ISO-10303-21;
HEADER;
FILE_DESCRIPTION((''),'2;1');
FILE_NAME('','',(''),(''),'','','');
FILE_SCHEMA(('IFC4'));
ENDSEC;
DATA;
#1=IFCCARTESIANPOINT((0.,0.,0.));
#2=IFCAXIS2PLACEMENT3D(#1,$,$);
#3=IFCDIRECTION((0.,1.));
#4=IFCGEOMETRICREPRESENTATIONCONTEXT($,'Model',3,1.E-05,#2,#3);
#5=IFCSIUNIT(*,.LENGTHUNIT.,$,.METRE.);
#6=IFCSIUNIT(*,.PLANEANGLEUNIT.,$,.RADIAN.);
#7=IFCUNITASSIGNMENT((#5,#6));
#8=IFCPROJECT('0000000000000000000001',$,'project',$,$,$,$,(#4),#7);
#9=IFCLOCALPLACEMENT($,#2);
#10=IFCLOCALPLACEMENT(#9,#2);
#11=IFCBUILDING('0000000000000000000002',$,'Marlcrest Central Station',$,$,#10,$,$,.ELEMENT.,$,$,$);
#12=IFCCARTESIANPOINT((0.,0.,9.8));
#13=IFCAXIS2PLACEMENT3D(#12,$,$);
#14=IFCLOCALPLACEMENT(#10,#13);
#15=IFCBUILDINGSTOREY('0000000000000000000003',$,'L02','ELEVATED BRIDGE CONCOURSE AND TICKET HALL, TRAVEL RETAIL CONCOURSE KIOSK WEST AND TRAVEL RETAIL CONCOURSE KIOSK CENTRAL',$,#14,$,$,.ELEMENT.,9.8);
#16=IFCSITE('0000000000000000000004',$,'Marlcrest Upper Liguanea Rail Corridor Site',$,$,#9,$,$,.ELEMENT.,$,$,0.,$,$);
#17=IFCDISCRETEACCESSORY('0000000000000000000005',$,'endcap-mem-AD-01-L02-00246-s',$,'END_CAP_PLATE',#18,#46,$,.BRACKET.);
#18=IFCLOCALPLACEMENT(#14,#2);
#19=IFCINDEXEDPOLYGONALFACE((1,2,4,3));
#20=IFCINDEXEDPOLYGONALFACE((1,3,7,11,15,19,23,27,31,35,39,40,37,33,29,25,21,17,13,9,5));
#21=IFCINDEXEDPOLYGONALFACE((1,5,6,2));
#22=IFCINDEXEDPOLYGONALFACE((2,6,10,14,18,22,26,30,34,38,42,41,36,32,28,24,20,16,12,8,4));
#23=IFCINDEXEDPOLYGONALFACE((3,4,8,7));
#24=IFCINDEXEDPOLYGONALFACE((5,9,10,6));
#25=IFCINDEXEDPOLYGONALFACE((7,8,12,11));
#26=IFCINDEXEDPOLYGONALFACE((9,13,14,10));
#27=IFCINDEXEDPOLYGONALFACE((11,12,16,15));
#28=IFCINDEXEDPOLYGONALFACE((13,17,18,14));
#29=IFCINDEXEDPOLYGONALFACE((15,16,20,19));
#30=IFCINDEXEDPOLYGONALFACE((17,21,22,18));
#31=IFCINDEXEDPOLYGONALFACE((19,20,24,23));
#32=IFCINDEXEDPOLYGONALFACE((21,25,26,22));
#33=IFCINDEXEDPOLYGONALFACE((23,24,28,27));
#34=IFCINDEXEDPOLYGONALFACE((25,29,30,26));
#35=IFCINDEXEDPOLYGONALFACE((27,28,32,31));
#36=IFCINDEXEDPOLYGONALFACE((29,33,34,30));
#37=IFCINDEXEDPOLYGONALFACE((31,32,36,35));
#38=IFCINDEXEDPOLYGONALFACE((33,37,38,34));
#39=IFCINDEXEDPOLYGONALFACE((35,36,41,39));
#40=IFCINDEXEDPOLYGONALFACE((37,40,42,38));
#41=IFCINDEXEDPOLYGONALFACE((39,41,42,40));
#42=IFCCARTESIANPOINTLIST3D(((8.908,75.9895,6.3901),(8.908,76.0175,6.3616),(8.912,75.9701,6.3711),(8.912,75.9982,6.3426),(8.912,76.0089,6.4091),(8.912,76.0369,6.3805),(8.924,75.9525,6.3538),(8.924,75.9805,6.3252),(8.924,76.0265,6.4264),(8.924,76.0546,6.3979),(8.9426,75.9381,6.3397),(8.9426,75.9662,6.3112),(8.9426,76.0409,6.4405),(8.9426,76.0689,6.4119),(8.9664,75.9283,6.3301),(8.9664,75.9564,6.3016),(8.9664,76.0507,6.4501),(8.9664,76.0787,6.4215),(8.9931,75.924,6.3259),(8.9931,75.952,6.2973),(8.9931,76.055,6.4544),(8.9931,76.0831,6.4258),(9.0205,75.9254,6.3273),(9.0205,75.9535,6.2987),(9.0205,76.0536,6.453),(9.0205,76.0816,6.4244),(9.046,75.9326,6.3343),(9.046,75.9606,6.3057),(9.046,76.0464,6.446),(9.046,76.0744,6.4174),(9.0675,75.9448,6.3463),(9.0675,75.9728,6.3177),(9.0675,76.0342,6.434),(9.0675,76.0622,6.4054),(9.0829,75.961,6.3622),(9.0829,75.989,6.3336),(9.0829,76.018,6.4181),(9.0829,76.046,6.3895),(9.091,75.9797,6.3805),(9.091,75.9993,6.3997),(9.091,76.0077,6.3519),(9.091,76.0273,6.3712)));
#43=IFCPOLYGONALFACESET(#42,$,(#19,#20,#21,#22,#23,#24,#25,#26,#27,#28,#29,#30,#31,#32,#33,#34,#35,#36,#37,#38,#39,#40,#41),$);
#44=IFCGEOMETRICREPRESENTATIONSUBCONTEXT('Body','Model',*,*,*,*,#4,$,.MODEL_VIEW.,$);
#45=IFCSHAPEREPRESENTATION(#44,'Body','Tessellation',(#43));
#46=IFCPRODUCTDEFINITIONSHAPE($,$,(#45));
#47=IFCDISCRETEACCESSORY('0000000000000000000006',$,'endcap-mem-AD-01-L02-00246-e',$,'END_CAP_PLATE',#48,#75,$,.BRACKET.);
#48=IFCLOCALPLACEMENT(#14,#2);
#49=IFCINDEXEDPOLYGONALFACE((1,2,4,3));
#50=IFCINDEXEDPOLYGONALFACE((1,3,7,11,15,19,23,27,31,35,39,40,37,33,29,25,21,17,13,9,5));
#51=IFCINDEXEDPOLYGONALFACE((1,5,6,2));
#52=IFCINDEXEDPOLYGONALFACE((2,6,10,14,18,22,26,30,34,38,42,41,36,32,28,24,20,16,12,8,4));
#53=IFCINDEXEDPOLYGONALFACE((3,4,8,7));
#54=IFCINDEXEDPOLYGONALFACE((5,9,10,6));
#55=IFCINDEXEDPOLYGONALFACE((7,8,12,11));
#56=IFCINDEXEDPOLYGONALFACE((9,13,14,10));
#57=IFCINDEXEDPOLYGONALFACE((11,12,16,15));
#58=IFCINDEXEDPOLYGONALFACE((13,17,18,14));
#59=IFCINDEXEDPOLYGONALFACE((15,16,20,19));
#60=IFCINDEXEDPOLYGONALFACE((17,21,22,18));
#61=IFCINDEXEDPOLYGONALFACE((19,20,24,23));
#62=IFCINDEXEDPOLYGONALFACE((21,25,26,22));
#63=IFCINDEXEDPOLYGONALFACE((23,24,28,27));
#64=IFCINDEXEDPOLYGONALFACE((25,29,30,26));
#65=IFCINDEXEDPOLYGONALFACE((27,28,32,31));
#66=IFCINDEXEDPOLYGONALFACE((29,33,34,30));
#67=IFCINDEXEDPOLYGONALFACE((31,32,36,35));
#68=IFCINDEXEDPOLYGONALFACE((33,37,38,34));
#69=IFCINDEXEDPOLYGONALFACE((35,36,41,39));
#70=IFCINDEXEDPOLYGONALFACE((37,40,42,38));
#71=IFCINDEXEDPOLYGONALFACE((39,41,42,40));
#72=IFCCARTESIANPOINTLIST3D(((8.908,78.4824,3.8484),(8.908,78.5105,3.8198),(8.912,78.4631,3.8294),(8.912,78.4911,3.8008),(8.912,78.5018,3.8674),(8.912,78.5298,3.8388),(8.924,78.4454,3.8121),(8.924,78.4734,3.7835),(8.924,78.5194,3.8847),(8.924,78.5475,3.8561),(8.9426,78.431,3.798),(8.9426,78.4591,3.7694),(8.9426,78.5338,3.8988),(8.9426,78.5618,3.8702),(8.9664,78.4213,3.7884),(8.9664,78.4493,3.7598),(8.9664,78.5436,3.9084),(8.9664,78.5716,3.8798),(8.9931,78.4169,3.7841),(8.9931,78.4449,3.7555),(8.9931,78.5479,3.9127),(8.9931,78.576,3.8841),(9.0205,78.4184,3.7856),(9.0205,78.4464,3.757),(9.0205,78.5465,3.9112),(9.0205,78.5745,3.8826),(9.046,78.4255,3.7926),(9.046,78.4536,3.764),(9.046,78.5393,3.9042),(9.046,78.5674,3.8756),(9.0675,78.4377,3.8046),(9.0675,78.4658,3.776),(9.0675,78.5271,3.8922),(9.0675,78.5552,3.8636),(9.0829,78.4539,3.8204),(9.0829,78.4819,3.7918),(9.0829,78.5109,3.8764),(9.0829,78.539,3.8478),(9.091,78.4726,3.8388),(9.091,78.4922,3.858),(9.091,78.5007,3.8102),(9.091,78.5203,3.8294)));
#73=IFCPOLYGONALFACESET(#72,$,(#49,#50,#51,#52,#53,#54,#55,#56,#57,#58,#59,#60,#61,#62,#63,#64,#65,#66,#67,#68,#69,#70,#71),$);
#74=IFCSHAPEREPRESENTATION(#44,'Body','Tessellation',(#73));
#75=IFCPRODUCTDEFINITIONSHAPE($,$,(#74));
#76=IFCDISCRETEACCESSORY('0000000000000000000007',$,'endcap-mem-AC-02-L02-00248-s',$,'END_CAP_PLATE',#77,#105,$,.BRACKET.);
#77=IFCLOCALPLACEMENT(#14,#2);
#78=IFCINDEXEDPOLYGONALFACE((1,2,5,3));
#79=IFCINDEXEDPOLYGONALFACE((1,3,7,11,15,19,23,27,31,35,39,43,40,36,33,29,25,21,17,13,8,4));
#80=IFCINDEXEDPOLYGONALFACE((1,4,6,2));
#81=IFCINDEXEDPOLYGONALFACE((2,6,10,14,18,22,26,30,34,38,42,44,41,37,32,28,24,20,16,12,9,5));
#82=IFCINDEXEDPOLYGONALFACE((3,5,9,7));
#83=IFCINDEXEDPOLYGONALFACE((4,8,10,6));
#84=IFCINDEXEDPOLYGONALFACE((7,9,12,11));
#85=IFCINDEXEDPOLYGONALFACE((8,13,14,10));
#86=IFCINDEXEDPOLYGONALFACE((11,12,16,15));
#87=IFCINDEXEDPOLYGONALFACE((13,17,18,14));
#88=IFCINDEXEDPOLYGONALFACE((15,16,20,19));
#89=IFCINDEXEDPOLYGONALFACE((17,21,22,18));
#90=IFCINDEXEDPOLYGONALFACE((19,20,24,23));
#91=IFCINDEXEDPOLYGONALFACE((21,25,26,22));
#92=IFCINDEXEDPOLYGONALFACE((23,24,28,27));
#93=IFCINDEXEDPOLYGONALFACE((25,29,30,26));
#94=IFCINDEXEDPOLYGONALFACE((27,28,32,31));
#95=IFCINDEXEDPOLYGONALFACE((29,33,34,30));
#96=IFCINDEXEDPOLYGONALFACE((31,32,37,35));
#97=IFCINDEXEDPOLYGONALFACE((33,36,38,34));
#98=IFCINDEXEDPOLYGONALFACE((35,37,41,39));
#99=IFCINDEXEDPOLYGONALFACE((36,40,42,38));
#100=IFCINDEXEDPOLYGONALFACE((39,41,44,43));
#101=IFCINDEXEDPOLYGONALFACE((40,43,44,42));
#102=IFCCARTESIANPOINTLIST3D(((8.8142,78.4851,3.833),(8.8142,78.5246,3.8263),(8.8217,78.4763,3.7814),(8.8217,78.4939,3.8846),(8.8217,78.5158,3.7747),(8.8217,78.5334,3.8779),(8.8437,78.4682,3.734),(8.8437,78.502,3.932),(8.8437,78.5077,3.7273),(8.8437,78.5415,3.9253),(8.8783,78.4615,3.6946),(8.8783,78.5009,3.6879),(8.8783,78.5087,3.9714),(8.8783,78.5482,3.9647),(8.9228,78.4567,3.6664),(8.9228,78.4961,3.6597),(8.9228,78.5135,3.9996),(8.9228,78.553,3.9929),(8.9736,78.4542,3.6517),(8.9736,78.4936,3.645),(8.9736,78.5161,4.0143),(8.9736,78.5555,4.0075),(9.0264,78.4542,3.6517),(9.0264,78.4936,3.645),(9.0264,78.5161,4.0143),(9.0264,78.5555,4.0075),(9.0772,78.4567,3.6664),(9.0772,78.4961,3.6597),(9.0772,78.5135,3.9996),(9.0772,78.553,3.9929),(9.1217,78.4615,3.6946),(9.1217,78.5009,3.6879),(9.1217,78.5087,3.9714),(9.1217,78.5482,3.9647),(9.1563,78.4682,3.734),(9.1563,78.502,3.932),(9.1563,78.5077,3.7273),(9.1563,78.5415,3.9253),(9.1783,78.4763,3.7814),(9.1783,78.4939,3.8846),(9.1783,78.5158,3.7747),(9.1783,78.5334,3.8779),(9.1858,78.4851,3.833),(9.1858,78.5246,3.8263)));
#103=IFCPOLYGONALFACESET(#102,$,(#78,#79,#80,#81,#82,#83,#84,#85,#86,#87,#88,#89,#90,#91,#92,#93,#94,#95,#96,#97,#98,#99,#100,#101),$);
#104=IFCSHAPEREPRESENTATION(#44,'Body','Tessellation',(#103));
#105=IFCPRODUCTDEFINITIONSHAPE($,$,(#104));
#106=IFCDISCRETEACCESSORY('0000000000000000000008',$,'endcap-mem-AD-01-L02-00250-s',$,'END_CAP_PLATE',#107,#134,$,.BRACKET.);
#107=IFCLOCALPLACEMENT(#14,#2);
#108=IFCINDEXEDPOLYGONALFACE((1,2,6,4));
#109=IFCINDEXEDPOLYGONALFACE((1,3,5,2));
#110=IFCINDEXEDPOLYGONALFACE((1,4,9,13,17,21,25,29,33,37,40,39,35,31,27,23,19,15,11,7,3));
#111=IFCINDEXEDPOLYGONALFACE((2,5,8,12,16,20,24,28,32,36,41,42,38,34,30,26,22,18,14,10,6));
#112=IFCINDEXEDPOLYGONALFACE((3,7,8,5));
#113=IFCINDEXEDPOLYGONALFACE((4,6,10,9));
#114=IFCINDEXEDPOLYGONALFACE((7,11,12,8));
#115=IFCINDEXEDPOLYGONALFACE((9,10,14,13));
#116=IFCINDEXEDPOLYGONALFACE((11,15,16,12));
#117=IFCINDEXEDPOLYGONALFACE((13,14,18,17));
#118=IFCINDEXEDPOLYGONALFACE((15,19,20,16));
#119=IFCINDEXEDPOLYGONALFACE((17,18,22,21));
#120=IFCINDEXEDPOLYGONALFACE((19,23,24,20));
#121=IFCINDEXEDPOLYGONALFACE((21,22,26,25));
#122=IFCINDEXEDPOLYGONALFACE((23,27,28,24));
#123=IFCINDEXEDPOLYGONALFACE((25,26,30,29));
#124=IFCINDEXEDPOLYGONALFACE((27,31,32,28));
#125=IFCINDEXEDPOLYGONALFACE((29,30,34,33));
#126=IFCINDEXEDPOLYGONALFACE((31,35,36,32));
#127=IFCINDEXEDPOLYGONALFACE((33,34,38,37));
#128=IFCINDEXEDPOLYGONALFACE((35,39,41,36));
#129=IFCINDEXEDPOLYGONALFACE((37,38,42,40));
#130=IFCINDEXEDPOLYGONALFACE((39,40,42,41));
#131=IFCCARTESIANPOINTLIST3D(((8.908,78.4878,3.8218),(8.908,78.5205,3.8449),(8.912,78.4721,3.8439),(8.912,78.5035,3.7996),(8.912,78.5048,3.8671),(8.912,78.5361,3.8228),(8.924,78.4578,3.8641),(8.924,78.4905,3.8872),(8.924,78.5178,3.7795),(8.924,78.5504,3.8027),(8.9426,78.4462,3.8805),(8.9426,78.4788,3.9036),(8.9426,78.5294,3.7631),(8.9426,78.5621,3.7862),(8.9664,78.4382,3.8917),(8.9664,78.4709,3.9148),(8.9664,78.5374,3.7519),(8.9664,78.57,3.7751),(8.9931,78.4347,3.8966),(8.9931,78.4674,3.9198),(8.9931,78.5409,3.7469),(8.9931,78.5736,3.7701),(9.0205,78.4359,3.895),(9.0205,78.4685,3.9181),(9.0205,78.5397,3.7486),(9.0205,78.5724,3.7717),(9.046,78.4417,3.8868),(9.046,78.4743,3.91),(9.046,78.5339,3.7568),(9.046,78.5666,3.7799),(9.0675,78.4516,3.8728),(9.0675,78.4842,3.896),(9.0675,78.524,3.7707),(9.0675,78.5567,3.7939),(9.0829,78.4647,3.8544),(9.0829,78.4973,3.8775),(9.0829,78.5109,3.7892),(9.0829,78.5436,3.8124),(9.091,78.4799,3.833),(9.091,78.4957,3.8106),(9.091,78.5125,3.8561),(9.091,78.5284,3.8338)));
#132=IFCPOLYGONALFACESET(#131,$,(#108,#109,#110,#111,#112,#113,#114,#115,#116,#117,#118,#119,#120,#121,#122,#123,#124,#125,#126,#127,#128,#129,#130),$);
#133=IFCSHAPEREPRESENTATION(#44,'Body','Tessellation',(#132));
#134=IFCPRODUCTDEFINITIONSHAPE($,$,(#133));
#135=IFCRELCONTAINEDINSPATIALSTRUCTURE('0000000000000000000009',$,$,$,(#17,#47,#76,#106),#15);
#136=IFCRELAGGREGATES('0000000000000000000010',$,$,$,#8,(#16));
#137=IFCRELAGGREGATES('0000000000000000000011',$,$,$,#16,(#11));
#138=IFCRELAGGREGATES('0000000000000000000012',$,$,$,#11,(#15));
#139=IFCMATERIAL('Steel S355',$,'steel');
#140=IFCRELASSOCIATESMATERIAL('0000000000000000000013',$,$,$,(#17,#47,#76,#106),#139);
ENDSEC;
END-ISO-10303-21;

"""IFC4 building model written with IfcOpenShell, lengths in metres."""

from ifc_helpers import new_model, si_unit, direction, frame, origin, origin_2d, place, context, subcontext, project, spatial, circle, extrude, material, element, save


model = new_model("IFC4")

# Units and contexts
model_context = context("Model", 3, precision=1e-05, world=origin(), true_north=direction((0.0, 1.0)))
body_context = subcontext(model_context, "Body", "Model", "MODEL_VIEW")
ifc_project = project(units=[si_unit("LENGTHUNIT", "METRE"), si_unit("PLANEANGLEUNIT", "RADIAN")], contexts=[model_context])

# Site, building, storey
site_placement = place(None, origin())
site = spatial("IfcSite", under=ifc_project, at=site_placement, Name="Marlcrest Upper Liguanea Rail Corridor Site", CompositionType="ELEMENT", RefElevation=0.0)
building_placement = place(site_placement, origin())
building = spatial("IfcBuilding", under=site, at=building_placement, Name="Marlcrest Central Station", CompositionType="ELEMENT")
storey_placement = place(building_placement, frame((0.0, 0.0, 9.8)))
storey = spatial("IfcBuildingStorey", under=building, at=storey_placement, Name="L02", Description="ELEVATED BRIDGE CONCOURSE AND TICKET HALL, TRAVEL RETAIL CONCOURSE KIOSK WEST AND TRAVEL RETAIL CONCOURSE KIOSK CENTRAL", CompositionType="ELEMENT", Elevation=9.8)

# Shared definitions
ifc_material = material(Name="Steel S355", Category="steel")

# Discrete accessories
for number, where, z_axis, x_axis, name in (
    (1, (9.0, 75.9895, 6.3901), (0.0, 0.700235, -0.713912), (-1.0, 0.0, 0.0), "endcap-mem-AD-01-L02-00246-s"),
    (2, (9.0, 78.4824, 3.8484), (0.0, 0.700235, -0.713912), (-1.0, 0.0, 0.0), "endcap-mem-AD-01-L02-00246-e"),
):
    element("IfcDiscreteAccessory", number, at=place(storey_placement, frame(where, z_axis=z_axis, x_axis=x_axis)), inside=storey, material=ifc_material, Name=name, ObjectType="END_CAP_PLATE", PredefinedType="BRACKET", context=body_context, shape_type="SweptSolid", body=[
        extrude(circle(Radius=0.092, at=origin_2d()), origin(), (0.0, 0.0, 1.0), 0.04),
    ])
discrete_accessory_1_placement = place(storey_placement, frame((9.0, 78.4851, 3.833), z_axis=(0.0, 0.985741, -0.168269), x_axis=(-1.0, 0.0, 0.0)))
element("IfcDiscreteAccessory", 3, at=discrete_accessory_1_placement, inside=storey, material=ifc_material, Name="endcap-mem-AC-02-L02-00248-s", ObjectType="END_CAP_PLATE", PredefinedType="BRACKET", context=body_context, shape_type="SweptSolid", body=[
    extrude(circle(Radius=0.1858, at=origin_2d()), origin(), (0.0, 0.0, 1.0), 0.04),
])
discrete_accessory_2_placement = place(storey_placement, frame((9.0, 78.4878, 3.8218), z_axis=(0.0, 0.815661, 0.57853), x_axis=(-1.0, 0.0, 0.0)))
element("IfcDiscreteAccessory", 4, at=discrete_accessory_2_placement, inside=storey, material=ifc_material, Name="endcap-mem-AD-01-L02-00250-s", ObjectType="END_CAP_PLATE", PredefinedType="BRACKET", context=body_context, shape_type="SweptSolid", body=[
    extrude(circle(Radius=0.092, at=origin_2d()), origin(), (0.0, 0.0, 1.0), 0.04),
])

save(model, "model.ifc")
